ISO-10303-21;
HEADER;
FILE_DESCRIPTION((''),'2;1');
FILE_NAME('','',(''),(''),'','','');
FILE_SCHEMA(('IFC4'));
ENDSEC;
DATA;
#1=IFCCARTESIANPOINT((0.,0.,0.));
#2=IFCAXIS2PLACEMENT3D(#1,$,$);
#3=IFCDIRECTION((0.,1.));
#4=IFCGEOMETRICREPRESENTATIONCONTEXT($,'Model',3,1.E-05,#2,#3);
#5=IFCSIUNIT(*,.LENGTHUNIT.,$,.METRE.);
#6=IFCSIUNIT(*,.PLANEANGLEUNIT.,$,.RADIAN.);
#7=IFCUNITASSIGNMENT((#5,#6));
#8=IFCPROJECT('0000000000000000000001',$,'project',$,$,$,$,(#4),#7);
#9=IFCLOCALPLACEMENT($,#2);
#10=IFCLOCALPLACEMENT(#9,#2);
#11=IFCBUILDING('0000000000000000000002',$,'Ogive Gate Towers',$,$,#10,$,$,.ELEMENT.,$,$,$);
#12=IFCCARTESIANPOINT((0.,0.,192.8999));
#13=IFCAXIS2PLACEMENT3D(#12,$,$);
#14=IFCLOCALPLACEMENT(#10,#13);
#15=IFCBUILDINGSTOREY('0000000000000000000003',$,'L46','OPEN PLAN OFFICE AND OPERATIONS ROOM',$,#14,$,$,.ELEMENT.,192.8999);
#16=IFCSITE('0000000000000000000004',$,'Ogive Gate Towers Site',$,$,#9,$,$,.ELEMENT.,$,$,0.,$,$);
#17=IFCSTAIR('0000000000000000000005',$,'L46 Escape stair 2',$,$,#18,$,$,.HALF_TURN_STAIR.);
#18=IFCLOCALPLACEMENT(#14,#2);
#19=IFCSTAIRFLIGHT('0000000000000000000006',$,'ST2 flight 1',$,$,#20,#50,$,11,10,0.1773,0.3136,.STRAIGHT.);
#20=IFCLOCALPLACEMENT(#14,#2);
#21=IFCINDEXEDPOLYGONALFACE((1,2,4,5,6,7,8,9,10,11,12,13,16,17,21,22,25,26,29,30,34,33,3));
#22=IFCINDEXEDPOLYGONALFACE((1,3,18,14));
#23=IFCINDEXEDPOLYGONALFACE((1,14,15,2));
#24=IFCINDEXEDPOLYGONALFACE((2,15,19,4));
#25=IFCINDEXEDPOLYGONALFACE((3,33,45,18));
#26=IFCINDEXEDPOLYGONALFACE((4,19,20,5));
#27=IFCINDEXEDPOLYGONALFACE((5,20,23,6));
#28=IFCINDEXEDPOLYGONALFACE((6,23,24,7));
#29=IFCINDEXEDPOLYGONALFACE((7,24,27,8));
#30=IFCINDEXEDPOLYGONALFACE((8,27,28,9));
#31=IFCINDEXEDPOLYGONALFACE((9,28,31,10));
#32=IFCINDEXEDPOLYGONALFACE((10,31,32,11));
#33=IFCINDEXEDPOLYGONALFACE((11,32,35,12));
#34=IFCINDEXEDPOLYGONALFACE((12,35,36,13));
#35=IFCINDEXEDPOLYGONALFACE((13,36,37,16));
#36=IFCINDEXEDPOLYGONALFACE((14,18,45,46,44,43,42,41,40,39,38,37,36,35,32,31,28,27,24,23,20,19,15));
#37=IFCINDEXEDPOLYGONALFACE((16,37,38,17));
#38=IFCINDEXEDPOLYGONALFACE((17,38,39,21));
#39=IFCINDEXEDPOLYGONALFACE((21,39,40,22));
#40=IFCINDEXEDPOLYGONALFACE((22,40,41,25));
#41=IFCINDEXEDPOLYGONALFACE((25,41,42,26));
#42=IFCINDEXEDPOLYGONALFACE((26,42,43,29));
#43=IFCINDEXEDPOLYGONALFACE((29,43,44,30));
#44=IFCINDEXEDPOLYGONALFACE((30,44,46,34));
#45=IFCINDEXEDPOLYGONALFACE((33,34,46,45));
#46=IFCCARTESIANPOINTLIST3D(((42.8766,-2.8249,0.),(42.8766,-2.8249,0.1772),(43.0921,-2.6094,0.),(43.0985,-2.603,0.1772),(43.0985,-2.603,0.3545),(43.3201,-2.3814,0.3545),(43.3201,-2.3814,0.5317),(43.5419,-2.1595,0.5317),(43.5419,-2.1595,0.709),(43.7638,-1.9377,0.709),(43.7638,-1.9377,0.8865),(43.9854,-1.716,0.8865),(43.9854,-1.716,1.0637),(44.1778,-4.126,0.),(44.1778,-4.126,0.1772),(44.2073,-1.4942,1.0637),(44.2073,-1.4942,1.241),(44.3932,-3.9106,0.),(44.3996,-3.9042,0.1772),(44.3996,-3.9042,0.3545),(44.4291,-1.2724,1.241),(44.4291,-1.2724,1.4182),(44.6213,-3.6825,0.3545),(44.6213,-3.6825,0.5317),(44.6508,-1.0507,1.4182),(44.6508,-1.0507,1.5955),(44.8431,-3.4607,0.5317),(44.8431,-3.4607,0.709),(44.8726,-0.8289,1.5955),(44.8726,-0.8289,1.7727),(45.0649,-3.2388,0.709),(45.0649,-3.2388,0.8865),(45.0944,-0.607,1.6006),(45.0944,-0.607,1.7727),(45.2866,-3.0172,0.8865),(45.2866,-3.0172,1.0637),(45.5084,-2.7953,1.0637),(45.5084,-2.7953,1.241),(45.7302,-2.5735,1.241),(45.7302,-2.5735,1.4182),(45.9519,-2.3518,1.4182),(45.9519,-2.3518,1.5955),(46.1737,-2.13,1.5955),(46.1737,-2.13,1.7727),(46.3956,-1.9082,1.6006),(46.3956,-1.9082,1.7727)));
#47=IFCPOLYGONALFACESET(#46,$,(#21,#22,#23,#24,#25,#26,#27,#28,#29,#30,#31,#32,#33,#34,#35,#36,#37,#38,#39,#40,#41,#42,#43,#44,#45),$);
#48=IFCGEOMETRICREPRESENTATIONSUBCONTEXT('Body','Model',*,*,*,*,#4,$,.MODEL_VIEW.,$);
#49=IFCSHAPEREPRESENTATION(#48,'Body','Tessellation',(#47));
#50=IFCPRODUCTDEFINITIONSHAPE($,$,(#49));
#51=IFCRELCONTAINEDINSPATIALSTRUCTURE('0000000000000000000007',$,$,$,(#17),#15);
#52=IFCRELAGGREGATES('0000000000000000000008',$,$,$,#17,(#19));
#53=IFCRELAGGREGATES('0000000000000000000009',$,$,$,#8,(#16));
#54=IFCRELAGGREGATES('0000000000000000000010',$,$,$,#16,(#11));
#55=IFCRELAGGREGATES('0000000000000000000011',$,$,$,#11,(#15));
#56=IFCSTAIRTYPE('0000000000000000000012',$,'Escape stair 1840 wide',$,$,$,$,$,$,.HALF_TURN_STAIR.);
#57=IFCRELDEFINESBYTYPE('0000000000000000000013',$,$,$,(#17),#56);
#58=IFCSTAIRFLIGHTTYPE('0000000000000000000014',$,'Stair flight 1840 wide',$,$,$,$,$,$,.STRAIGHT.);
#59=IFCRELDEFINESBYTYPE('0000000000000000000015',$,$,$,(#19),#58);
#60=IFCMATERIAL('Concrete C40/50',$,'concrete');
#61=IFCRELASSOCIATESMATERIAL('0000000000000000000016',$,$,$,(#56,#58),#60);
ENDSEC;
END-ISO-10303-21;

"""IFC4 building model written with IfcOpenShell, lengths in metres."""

from ifc_helpers import new_model, si_unit, direction, frame, origin, place, context, subcontext, project, spatial, polyline, outline, extrude, material, type_object, element, aggregate, save


model = new_model("IFC4")

# Units and contexts
model_context = context("Model", 3, precision=1e-05, world=origin(), true_north=direction((0.0, 1.0)))
body_context = subcontext(model_context, "Body", "Model", "MODEL_VIEW")
ifc_project = project(units=[si_unit("LENGTHUNIT", "METRE"), si_unit("PLANEANGLEUNIT", "RADIAN")], contexts=[model_context])

# Site, building, storey
site_placement = place(None, origin())
site = spatial("IfcSite", under=ifc_project, at=site_placement, Name="Ogive Gate Towers Site", CompositionType="ELEMENT", RefElevation=0.0)
building_placement = place(site_placement, origin())
building = spatial("IfcBuilding", under=site, at=building_placement, Name="Ogive Gate Towers", CompositionType="ELEMENT")
storey_placement = place(building_placement, frame((0.0, 0.0, 192.8999)))
storey = spatial("IfcBuildingStorey", under=building, at=storey_placement, Name="L46", Description="OPEN PLAN OFFICE AND OPERATIONS ROOM", CompositionType="ELEMENT", Elevation=192.8999)

# Stair, stair flight
ifc_material_1 = material(Name="Concrete C40/50", Category="concrete")
stair_type = type_object("IfcStairType", Name="Escape stair 1840 wide", PredefinedType="HALF_TURN_STAIR", material=ifc_material_1)
stair_placement = place(storey_placement, origin())
stair = element("IfcStair", 1, at=stair_placement, inside=storey, type_object=stair_type, Name="L46 Escape stair 2", PredefinedType="HALF_TURN_STAIR")
stair_flight_type = type_object("IfcStairFlightType", Name="Stair flight 1840 wide", PredefinedType="STRAIGHT", material=ifc_material_1)
stair_flight_placement = place(storey_placement, frame((43.5271, -3.4753, 0.0), z_axis=(0.0, 0.0, 1.0), x_axis=(0.707107, 0.707107, 0.0)))
stair_flight = element("IfcStairFlight", 2, at=stair_flight_placement, type_object=stair_flight_type, Name="ST2 flight 1", NumberOfRisers=11, NumberOfTreads=10, PredefinedType="STRAIGHT", RiserHeight=0.1773, TreadLength=0.3136, context=body_context, shape_type="SweptSolid", body=[
    extrude(outline(polyline([(0.0, 0.0), (0.0, 0.1772), (0.3137, 0.1772), (0.3137, 0.3545), (0.6272, 0.3545), (0.6272, 0.5317), (0.9409, 0.5317), (0.9409, 0.709), (1.2546, 0.709), (1.2546, 0.8865), (1.5681, 0.8865), (1.5681, 1.0637), (1.8818, 1.0637), (1.8818, 1.241), (2.1956, 1.241), (2.1956, 1.4182), (2.509, 1.4182), (2.509, 1.5955), (2.8228, 1.5955), (2.8228, 1.7727), (3.1365, 1.7727), (3.1365, 1.95), (3.1365, 1.6006), (0.3047, 0.0), (0.0, 0.0)])), frame((0.0, 0.9199, 0.0), z_axis=(0.0, -1.0, 0.0), x_axis=(1.0, 0.0, 0.0)), (0.0, 0.0, 1.0), 1.8401),
])
aggregate(stair, [stair_flight])

save(model, "model.ifc")
